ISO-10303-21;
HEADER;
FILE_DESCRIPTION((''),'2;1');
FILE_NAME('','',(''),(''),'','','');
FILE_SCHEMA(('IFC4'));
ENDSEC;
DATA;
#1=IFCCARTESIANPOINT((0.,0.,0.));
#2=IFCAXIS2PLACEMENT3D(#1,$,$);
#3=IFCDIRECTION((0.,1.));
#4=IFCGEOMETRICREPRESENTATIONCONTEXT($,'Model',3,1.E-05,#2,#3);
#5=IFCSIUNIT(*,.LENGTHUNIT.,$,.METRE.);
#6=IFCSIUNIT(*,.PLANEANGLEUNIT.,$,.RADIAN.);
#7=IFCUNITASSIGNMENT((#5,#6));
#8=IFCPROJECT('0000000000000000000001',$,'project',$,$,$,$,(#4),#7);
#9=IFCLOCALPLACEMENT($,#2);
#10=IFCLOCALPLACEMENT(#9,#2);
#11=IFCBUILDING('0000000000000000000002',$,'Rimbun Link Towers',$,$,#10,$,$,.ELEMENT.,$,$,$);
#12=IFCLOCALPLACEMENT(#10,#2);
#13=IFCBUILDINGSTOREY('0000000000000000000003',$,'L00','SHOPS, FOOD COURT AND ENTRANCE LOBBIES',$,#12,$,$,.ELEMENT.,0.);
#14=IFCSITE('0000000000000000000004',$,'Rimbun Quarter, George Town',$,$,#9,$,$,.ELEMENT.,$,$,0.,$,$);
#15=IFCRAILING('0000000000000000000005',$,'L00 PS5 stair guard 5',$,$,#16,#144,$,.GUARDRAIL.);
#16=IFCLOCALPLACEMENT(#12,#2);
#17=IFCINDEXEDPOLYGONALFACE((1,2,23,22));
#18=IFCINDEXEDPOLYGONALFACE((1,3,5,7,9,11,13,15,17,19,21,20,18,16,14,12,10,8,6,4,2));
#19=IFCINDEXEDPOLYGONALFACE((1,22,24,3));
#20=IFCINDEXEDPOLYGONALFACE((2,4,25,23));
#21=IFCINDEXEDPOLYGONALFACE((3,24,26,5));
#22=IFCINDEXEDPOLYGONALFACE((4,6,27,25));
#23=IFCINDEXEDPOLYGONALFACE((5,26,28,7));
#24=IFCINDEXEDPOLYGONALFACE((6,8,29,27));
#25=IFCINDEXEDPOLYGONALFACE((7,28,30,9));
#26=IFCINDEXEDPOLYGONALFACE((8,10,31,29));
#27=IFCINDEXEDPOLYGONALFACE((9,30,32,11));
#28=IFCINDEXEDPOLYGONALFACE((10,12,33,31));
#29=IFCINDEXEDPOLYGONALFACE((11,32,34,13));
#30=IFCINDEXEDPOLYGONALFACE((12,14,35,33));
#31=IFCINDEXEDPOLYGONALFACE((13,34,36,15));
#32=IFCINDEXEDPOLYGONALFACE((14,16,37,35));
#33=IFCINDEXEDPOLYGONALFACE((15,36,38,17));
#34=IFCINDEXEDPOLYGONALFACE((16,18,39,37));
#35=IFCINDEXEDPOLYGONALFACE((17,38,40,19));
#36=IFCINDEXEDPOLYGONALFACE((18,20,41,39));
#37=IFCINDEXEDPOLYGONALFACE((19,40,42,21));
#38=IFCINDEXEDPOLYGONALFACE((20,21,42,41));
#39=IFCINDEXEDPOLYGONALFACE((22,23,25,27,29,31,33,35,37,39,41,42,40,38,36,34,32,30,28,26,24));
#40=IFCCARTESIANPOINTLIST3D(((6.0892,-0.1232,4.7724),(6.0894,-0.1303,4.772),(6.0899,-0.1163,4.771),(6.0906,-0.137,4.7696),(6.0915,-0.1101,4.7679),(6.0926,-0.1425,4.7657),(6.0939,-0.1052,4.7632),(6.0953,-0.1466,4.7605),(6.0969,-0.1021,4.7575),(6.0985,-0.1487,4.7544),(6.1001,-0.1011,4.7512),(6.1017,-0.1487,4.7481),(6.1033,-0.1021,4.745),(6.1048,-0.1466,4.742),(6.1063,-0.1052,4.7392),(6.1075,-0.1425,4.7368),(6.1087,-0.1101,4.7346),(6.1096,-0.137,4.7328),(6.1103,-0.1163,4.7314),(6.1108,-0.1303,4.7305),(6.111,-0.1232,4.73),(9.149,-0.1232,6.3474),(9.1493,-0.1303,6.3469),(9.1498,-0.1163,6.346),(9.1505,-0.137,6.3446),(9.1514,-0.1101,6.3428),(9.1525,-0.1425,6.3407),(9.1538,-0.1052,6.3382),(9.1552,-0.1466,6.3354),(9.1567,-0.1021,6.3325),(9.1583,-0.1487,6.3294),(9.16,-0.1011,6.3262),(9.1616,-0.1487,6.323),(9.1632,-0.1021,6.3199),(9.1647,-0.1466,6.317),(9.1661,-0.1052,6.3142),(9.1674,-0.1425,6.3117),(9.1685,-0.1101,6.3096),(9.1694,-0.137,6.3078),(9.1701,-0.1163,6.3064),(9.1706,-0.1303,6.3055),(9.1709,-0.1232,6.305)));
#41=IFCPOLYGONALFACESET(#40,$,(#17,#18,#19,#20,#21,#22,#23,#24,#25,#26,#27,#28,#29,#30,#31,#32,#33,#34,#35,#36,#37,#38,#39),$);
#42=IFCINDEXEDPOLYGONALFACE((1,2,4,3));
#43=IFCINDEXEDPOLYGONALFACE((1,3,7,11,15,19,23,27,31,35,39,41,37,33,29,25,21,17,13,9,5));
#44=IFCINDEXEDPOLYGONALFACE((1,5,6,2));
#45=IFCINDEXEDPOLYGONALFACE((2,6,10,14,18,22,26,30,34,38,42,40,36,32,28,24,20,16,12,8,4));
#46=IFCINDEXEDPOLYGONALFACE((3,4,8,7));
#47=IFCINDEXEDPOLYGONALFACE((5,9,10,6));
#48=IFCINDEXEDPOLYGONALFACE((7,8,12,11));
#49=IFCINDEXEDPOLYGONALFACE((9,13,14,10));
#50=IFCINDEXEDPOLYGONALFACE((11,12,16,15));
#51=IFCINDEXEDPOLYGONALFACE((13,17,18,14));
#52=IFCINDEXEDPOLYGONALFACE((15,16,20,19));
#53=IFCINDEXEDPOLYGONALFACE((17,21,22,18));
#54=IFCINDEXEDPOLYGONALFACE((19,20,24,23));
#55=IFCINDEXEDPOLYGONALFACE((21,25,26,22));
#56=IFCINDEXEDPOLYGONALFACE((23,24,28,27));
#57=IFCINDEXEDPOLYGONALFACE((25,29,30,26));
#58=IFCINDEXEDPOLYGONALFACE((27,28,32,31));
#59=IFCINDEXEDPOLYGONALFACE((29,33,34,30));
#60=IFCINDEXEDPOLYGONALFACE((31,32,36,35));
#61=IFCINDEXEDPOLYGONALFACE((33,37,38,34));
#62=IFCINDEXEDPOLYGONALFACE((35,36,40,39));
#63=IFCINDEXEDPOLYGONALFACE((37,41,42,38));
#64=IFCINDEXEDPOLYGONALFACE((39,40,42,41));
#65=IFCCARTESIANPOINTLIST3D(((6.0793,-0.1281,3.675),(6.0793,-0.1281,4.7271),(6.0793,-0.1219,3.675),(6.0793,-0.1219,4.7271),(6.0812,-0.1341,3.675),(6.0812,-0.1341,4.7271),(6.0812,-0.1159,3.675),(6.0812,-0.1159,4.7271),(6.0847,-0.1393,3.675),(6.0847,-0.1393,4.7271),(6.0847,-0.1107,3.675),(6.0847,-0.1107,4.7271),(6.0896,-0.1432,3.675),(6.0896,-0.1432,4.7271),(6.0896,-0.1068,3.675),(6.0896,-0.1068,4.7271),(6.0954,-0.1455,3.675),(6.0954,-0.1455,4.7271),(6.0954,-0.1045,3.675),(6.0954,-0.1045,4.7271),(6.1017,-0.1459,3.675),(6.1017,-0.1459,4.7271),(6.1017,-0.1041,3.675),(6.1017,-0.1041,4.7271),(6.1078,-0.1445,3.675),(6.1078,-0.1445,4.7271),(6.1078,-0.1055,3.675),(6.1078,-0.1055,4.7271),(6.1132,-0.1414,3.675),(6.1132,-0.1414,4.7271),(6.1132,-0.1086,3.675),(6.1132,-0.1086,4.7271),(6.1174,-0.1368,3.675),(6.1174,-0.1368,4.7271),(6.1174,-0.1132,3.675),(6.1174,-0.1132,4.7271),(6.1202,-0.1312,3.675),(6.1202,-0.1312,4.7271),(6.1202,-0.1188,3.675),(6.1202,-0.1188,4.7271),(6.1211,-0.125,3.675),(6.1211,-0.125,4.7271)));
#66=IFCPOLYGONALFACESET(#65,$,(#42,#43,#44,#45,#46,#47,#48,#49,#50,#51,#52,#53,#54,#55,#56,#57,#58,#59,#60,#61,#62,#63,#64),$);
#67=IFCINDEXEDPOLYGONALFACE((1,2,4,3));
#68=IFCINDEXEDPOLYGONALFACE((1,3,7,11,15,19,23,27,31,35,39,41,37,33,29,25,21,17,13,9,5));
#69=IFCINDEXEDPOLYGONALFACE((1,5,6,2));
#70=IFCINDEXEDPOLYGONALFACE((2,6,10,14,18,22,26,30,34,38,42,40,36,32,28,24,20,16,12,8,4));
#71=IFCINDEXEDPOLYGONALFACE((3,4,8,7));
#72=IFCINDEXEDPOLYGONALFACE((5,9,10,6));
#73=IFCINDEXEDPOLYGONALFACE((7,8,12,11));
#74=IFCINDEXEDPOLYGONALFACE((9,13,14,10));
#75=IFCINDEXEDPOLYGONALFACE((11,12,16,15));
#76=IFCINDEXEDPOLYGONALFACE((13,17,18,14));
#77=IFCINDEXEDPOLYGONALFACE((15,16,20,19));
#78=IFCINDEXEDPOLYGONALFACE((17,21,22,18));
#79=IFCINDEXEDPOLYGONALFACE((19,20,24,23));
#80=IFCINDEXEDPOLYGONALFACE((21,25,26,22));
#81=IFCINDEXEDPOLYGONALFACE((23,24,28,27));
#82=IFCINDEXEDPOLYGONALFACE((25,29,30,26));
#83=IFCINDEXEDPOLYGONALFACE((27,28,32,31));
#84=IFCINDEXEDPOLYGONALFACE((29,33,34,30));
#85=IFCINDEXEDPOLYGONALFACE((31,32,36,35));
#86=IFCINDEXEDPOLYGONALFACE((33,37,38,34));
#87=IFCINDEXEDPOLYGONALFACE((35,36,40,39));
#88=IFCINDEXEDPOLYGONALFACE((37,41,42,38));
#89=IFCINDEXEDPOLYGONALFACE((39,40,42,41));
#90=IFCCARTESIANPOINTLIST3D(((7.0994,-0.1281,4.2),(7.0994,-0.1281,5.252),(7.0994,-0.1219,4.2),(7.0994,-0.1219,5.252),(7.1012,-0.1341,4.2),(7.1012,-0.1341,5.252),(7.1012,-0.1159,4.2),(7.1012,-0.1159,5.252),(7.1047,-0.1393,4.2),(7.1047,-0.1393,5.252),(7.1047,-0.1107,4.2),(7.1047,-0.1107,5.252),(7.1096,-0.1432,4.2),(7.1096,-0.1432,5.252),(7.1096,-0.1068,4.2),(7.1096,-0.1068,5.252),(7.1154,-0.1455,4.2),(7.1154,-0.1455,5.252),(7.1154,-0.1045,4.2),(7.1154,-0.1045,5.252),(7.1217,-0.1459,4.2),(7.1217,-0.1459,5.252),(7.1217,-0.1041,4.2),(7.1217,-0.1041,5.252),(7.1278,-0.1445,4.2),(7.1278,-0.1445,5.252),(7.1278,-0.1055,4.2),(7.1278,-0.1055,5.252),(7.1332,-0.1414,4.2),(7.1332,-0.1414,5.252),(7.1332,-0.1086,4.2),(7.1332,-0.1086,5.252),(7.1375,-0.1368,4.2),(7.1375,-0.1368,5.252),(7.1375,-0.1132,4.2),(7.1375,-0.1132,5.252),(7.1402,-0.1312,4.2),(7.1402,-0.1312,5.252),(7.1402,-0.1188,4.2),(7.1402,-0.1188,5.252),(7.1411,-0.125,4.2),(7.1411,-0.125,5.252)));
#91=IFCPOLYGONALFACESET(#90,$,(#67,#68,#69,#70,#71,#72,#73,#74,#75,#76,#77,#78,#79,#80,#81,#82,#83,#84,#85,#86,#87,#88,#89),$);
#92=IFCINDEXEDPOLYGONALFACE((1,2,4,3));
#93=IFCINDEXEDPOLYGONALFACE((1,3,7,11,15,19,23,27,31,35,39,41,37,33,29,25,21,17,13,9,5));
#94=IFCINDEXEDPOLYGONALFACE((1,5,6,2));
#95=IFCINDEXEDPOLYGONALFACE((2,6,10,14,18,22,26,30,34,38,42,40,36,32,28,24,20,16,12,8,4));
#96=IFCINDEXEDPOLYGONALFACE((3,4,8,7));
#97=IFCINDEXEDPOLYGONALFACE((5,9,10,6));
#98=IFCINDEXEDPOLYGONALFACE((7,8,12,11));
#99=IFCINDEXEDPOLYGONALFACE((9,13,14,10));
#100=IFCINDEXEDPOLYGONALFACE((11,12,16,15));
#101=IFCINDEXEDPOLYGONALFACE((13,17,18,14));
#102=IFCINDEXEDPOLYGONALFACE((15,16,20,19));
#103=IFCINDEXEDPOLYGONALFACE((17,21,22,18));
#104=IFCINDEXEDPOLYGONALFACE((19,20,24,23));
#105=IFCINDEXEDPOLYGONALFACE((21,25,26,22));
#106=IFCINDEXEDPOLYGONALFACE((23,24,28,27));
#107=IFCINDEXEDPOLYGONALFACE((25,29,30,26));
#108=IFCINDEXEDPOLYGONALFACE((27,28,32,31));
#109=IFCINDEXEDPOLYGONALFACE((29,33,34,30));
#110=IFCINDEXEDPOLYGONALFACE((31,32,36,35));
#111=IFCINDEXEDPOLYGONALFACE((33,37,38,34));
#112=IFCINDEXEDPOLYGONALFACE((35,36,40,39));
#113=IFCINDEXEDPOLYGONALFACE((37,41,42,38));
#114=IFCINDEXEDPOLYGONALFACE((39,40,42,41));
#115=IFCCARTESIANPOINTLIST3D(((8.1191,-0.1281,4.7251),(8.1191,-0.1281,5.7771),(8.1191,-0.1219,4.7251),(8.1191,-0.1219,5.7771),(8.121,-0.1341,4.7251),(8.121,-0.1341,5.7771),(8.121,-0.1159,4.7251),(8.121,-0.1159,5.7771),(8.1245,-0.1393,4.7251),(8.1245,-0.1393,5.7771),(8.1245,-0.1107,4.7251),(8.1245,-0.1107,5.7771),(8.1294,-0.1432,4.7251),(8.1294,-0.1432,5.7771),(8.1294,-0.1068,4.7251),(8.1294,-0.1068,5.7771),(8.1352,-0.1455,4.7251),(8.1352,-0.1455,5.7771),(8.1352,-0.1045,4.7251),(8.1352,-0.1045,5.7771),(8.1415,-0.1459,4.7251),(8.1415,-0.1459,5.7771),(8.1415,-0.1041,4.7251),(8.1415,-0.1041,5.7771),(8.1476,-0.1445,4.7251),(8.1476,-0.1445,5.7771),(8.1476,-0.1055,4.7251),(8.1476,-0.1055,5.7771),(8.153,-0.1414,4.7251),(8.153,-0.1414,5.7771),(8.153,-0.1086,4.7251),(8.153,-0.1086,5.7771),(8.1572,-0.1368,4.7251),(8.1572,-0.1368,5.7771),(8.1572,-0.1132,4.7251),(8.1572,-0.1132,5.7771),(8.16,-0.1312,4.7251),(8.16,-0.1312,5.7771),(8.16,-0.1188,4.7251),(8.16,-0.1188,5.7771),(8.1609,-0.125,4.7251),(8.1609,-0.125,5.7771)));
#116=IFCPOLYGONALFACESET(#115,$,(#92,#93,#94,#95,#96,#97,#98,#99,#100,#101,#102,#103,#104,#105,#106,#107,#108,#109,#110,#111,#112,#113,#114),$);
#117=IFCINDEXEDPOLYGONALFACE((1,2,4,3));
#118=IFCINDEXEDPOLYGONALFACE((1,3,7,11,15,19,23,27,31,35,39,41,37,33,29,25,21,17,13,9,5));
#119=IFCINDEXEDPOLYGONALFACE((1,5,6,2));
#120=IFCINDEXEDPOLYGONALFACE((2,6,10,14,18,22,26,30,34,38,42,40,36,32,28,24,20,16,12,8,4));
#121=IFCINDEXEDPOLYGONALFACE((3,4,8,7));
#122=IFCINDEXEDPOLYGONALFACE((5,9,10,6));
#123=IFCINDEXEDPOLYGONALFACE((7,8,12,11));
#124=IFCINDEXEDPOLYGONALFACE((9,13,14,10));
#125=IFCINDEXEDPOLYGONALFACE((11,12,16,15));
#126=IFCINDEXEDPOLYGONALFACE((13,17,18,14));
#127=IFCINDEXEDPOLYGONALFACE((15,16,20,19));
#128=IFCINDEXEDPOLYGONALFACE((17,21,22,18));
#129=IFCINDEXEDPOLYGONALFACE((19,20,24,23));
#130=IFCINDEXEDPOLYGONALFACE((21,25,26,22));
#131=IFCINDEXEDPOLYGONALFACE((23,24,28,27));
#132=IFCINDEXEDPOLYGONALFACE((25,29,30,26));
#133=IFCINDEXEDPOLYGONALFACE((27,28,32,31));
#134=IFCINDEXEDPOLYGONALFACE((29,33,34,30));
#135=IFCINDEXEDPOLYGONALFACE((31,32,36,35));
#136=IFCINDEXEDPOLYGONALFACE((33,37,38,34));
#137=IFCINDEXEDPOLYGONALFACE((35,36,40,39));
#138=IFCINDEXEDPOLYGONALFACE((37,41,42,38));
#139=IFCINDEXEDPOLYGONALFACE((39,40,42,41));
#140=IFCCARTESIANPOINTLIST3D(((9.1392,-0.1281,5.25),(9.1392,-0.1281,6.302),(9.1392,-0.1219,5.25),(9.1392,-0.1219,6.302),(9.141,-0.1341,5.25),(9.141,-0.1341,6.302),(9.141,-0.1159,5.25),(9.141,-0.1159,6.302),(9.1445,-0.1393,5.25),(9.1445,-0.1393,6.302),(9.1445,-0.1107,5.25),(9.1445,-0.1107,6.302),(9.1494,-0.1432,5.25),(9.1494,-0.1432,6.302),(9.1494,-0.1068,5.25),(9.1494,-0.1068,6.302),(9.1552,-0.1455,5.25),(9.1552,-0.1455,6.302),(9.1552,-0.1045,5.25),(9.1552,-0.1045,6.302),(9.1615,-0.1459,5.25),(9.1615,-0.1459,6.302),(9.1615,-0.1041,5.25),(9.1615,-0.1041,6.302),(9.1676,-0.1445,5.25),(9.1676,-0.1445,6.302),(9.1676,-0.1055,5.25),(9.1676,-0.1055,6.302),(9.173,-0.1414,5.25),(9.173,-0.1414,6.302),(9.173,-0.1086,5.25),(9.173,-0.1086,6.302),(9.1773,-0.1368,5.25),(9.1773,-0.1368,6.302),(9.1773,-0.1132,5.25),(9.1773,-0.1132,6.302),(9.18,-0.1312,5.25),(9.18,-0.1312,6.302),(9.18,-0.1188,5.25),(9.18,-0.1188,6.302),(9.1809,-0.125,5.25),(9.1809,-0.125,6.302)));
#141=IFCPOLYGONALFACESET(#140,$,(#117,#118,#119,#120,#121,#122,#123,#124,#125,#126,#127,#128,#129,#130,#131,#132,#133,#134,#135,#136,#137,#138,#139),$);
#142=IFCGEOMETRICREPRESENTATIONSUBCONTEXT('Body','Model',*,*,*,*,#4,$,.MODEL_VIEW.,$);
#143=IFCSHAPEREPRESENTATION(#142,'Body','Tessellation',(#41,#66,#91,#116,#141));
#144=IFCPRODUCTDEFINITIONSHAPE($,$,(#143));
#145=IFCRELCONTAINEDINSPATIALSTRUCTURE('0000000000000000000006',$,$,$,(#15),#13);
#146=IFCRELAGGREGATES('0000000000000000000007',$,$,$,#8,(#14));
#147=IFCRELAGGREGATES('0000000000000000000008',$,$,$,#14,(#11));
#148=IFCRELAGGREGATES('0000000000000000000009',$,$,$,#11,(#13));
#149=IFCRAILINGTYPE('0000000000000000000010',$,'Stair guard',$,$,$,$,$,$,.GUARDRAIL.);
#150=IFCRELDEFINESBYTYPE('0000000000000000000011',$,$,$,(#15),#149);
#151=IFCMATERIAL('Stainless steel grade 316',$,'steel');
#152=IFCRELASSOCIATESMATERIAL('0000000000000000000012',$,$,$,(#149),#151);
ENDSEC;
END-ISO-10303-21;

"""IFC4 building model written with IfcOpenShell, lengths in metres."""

from ifc_helpers import new_model, si_unit, direction, frame, origin, origin_2d, place, context, subcontext, project, spatial, circle, extrude, material, type_object, element, save


model = new_model("IFC4")

# Units and contexts
model_context = context("Model", 3, precision=1e-05, world=origin(), true_north=direction((0.0, 1.0)))
body_context = subcontext(model_context, "Body", "Model", "MODEL_VIEW")
ifc_project = project(units=[si_unit("LENGTHUNIT", "METRE"), si_unit("PLANEANGLEUNIT", "RADIAN")], contexts=[model_context])

# Site, building, storey
site_placement = place(None, origin())
site = spatial("IfcSite", under=ifc_project, at=site_placement, Name="Rimbun Quarter, George Town", CompositionType="ELEMENT", RefElevation=0.0)
building_placement = place(site_placement, origin())
building = spatial("IfcBuilding", under=site, at=building_placement, Name="Rimbun Link Towers", CompositionType="ELEMENT")
storey_placement = place(building_placement, origin())
storey = spatial("IfcBuildingStorey", under=building, at=storey_placement, Name="L00", Description="SHOPS, FOOD COURT AND ENTRANCE LOBBIES", CompositionType="ELEMENT", Elevation=0.0)

# Railing
ifc_material_1 = material(Name="Stainless steel grade 316", Category="steel")
railing_type_1 = type_object("IfcRailingType", Name="Stair guard", PredefinedType="GUARDRAIL", material=ifc_material_1)
railing_1_placement = place(storey_placement, frame((6.1001, -0.125, 3.675)))
element("IfcRailing", 1, at=railing_1_placement, inside=storey, type_object=railing_type_1, Name="L00 PS5 stair guard 5", PredefinedType="GUARDRAIL", context=body_context, shape_type="SweptSolid", body=[
    extrude(circle(Radius=0.0239, at=origin_2d()), frame((0.0, 0.0, 1.0762), z_axis=(0.88913, 0.0, 0.457654), x_axis=(0.0, 1.0, 0.0)), (0.0, 0.0, 1.0), 3.4414),
    extrude(circle(Radius=0.021, at=origin_2d()), origin(), (0.0, 0.0, 1.0), 1.052),
    extrude(circle(Radius=0.021, at=origin_2d()), frame((1.02, 0.0, 0.5249)), (0.0, 0.0, 1.0), 1.052),
    extrude(circle(Radius=0.021, at=origin_2d()), frame((2.0398, 0.0, 1.05)), (0.0, 0.0, 1.0), 1.052),
    extrude(circle(Radius=0.021, at=origin_2d()), frame((3.0598, 0.0, 1.575)), (0.0, 0.0, 1.0), 1.052),
])

save(model, "model.ifc")
